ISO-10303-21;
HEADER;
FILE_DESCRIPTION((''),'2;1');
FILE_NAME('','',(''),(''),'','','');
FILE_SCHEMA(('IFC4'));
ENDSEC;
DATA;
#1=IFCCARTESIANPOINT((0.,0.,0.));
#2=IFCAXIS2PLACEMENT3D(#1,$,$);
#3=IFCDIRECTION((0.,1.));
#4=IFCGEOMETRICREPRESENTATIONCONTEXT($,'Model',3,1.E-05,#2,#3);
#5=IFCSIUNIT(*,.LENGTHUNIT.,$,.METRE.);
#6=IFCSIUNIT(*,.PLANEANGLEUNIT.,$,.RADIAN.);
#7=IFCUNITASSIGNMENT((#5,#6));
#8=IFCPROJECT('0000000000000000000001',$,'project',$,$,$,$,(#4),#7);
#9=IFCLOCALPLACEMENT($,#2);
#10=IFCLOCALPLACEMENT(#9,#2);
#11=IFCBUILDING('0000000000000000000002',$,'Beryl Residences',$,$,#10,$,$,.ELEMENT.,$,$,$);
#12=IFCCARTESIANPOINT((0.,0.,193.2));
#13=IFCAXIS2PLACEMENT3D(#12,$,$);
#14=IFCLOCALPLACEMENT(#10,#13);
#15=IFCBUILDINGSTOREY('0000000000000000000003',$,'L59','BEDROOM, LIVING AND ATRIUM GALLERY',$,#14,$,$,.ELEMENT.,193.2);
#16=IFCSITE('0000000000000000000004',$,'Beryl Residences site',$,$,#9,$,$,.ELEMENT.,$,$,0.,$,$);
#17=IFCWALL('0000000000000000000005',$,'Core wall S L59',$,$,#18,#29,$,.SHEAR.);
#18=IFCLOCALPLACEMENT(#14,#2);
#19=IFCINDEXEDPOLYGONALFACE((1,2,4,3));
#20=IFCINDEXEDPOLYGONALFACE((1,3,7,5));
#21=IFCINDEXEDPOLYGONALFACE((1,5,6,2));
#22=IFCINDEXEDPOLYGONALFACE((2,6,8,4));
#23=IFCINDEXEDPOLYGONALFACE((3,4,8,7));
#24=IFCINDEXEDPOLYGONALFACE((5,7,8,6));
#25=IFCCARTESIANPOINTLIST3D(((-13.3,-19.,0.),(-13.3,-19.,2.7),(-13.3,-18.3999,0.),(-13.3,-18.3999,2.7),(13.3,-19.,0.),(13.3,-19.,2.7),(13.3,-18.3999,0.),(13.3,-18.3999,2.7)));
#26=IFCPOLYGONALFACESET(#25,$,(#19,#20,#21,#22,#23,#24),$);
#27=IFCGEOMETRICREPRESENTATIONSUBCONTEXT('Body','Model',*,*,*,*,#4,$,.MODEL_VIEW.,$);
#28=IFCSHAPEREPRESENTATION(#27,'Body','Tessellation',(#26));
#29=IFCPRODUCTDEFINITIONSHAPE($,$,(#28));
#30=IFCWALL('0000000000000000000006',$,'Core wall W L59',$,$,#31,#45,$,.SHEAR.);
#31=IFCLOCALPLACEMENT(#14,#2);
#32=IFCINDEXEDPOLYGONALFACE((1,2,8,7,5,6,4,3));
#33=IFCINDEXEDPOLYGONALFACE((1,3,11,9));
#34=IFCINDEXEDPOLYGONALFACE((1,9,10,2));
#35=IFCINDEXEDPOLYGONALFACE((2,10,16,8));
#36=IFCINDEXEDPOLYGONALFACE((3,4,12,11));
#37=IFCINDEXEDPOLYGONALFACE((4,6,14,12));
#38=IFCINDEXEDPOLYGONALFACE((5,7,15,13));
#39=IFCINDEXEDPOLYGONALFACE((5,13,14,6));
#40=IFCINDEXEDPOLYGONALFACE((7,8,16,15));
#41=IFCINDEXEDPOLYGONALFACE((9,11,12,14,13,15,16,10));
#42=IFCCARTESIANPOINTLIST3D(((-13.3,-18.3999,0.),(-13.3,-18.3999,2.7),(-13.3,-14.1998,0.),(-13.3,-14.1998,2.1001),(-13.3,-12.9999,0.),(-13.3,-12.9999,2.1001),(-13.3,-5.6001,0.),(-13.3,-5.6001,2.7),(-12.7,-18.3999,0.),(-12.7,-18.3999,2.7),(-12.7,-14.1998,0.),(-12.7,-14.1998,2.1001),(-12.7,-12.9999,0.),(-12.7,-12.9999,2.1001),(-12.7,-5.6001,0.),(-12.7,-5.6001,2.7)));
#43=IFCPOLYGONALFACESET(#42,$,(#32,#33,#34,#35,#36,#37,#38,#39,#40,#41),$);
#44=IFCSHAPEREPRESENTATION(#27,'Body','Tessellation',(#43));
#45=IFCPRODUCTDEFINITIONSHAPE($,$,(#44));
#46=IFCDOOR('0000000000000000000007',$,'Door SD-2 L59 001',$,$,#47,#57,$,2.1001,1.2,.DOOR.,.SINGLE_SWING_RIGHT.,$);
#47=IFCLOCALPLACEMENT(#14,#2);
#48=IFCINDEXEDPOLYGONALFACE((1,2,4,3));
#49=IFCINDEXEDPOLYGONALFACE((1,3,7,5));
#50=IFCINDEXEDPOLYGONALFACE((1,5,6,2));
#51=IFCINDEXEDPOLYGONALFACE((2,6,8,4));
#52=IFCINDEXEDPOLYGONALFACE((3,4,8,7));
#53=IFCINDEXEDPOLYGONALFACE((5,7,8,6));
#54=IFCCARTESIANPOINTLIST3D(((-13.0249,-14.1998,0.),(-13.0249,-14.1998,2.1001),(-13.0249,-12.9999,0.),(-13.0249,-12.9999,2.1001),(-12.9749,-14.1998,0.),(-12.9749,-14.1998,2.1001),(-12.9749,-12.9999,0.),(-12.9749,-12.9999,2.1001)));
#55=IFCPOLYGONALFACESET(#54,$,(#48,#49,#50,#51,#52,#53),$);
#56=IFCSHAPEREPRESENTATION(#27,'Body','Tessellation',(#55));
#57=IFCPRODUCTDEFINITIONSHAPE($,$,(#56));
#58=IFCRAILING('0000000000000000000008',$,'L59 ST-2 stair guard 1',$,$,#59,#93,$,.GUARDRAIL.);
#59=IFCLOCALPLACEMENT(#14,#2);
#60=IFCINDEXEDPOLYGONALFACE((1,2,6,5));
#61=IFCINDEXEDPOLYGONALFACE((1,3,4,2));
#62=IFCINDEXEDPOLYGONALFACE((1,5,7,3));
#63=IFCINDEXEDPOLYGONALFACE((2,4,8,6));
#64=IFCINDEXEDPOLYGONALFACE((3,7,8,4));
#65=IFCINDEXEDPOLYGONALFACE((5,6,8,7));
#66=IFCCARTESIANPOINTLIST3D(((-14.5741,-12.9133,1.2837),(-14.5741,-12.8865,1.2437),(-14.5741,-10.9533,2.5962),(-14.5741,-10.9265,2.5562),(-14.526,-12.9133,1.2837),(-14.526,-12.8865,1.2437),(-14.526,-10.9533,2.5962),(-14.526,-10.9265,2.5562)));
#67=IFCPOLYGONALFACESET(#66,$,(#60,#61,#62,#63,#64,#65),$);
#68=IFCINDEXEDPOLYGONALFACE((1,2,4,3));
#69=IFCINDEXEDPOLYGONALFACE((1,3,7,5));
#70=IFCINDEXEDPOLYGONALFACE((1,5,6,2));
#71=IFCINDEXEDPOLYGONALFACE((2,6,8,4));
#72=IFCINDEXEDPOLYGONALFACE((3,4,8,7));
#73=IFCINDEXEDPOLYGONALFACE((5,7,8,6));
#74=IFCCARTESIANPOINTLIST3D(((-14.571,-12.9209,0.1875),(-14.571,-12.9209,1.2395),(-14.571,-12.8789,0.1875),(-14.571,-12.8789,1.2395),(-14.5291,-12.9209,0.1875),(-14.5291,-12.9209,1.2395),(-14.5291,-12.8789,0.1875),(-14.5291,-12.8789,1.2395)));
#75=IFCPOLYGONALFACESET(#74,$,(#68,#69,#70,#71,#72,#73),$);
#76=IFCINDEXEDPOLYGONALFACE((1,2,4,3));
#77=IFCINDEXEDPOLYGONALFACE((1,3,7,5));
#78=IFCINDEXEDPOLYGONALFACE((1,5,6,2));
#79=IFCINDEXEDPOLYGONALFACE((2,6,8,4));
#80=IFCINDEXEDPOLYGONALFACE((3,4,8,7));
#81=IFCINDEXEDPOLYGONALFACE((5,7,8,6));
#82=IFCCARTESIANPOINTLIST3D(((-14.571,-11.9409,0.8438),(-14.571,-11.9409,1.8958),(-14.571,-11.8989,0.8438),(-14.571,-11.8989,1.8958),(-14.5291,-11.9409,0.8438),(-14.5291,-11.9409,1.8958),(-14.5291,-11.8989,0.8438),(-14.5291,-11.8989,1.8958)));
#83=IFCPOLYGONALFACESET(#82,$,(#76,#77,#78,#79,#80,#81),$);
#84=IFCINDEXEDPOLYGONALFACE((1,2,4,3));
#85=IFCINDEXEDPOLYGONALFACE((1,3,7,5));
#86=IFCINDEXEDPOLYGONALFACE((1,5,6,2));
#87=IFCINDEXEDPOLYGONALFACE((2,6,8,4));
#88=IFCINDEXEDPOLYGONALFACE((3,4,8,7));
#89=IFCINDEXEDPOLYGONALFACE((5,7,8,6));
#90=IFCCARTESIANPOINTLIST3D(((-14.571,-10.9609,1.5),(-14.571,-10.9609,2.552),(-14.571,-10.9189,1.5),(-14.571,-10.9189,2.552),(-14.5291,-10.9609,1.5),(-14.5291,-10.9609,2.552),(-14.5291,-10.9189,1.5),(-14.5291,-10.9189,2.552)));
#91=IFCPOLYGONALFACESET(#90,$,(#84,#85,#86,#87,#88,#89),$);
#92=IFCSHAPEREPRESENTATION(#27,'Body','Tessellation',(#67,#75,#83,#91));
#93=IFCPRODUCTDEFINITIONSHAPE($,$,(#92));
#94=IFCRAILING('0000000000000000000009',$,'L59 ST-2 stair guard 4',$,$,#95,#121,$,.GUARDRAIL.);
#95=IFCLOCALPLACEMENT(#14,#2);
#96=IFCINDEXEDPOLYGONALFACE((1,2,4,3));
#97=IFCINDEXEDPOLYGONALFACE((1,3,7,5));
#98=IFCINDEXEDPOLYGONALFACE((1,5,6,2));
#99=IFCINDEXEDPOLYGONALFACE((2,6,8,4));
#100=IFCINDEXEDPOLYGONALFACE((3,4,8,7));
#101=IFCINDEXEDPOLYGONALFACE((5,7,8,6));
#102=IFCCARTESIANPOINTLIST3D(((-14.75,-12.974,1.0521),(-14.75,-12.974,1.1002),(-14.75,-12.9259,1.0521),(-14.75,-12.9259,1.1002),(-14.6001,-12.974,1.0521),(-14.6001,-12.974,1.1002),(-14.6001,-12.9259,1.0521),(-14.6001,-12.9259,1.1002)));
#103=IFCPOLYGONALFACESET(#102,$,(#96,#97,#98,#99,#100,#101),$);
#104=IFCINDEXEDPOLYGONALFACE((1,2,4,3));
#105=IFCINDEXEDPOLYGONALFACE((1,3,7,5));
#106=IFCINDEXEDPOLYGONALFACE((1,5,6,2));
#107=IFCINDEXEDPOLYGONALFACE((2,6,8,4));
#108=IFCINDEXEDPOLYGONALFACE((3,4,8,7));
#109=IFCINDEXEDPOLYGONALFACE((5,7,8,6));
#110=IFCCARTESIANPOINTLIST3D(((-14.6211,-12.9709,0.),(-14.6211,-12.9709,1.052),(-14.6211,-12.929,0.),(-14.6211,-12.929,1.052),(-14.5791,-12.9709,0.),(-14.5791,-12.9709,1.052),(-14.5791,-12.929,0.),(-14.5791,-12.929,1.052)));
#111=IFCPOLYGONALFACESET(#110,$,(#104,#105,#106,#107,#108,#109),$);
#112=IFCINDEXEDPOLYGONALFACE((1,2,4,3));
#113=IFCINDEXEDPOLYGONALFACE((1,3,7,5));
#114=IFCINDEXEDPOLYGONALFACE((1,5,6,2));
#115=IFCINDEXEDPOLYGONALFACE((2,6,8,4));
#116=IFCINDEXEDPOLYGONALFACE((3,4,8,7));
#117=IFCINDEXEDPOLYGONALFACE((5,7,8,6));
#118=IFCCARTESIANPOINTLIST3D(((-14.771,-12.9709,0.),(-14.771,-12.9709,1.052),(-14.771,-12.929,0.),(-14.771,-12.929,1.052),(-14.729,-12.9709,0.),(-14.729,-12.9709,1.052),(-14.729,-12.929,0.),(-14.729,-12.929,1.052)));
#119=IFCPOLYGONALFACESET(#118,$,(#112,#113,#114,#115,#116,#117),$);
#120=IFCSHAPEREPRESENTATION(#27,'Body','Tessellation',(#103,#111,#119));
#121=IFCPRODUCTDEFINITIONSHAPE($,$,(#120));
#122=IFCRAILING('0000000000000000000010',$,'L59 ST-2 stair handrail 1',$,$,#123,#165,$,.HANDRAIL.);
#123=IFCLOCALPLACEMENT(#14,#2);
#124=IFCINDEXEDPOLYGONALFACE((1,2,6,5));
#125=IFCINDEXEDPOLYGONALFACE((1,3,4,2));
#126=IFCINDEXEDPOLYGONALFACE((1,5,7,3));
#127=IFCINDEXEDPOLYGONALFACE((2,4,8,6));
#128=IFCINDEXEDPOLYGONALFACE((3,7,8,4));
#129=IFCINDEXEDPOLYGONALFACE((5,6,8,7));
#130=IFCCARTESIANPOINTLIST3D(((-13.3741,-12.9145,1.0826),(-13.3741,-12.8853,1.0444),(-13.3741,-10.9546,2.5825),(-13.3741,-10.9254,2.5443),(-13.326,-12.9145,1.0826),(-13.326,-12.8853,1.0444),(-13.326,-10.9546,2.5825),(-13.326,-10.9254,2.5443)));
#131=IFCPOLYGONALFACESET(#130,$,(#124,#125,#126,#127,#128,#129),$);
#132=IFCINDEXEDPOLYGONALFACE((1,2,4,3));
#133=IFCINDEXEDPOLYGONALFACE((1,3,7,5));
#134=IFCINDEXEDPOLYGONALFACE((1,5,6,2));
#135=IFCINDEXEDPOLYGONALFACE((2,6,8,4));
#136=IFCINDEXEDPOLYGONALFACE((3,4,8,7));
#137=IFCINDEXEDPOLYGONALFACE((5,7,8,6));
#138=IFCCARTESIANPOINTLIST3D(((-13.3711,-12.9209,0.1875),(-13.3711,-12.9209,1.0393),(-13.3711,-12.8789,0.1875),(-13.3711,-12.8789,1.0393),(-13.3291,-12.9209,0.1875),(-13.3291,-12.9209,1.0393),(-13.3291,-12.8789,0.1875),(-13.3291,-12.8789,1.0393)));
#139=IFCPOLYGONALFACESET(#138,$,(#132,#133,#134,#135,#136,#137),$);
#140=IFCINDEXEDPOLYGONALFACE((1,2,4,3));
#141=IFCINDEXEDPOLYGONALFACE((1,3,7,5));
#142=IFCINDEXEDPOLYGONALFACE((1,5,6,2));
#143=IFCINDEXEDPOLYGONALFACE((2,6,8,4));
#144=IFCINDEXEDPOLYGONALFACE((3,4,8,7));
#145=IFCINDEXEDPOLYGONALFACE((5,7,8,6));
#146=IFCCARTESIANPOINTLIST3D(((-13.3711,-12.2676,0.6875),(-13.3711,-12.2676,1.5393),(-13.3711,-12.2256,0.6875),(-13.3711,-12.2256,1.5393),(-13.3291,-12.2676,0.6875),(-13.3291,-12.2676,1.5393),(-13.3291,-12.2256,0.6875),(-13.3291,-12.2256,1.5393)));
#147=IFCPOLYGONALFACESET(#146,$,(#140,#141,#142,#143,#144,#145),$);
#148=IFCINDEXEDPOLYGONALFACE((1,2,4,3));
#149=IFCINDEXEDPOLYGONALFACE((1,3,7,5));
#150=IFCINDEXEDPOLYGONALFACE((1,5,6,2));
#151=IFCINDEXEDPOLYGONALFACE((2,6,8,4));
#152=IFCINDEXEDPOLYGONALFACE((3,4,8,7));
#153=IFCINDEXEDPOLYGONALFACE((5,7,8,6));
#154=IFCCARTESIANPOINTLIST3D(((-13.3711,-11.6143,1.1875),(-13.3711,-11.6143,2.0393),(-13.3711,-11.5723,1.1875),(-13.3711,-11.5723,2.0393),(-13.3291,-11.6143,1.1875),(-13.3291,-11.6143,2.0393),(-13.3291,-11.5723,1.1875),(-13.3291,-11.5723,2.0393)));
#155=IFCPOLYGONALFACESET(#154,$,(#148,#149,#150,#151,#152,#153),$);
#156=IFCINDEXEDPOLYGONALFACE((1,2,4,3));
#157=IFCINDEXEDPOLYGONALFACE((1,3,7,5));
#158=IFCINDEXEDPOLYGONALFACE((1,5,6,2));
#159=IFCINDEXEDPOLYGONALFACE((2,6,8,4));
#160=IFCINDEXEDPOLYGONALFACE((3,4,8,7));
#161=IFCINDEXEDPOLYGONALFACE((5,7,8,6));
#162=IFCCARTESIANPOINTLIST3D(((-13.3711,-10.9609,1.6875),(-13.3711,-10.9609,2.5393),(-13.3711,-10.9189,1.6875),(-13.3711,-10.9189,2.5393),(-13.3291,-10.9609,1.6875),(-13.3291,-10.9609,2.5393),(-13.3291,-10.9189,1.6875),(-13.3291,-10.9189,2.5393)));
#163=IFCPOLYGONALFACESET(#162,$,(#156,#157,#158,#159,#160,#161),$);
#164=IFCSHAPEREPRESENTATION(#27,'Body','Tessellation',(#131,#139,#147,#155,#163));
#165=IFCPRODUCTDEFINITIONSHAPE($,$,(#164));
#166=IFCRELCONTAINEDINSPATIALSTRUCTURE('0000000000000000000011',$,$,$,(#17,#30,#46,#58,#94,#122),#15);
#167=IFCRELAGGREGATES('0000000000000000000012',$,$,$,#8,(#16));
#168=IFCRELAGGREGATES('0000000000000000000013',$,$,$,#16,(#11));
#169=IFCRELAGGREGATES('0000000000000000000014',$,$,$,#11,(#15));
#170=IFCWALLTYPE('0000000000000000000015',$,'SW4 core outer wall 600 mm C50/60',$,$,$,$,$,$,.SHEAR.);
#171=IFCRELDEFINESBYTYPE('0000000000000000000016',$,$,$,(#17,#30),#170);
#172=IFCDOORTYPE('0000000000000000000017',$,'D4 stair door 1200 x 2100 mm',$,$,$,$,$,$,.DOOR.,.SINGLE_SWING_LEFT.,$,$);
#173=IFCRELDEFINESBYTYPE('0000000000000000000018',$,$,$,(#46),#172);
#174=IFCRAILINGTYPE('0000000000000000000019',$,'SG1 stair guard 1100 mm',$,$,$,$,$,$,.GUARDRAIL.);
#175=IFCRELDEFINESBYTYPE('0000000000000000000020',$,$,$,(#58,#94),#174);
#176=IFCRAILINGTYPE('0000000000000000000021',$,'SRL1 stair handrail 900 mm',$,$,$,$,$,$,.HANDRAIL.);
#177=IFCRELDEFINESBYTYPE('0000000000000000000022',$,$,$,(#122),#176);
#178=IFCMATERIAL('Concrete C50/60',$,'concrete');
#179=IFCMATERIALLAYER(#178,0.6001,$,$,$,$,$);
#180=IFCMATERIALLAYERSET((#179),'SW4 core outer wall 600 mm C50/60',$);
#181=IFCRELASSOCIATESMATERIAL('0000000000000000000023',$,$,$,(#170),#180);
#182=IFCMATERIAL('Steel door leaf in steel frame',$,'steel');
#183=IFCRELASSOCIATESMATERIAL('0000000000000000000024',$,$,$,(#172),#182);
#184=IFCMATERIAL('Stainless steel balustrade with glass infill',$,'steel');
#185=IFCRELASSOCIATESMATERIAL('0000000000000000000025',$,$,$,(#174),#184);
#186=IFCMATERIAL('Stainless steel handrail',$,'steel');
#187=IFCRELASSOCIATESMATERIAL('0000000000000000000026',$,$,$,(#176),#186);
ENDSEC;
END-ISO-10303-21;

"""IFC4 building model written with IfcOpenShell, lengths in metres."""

from ifc_helpers import new_model, si_unit, direction, frame, frame_2d, origin, origin_2d, place, context, subcontext, project, spatial, rectangle, extrude, material, layer, layer_set, type_object, element, fill, save


model = new_model("IFC4")

# Units and contexts
model_context = context("Model", 3, precision=1e-05, world=origin(), true_north=direction((0.0, 1.0)))
body_context = subcontext(model_context, "Body", "Model", "MODEL_VIEW")
ifc_project = project(units=[si_unit("LENGTHUNIT", "METRE"), si_unit("PLANEANGLEUNIT", "RADIAN")], contexts=[model_context])

# Site, building, storey
site_placement = place(None, origin())
site = spatial("IfcSite", under=ifc_project, at=site_placement, Name="Beryl Residences site", CompositionType="ELEMENT", RefElevation=0.0)
building_placement = place(site_placement, origin())
building = spatial("IfcBuilding", under=site, at=building_placement, Name="Beryl Residences", CompositionType="ELEMENT")
storey_placement = place(building_placement, frame((0.0, 0.0, 193.2)))
storey = spatial("IfcBuildingStorey", under=building, at=storey_placement, Name="L59", Description="BEDROOM, LIVING AND ATRIUM GALLERY", CompositionType="ELEMENT", Elevation=193.2)

# Wall
ifc_material_1 = material(Name="Concrete C50/60", Category="concrete")
ifc_layer_1 = layer(ifc_material_1, 0.6001)
ifc_layer_set_1 = layer_set([ifc_layer_1], Name="SW4 core outer wall 600 mm C50/60")
wall_type_1 = type_object("IfcWallType", Name="SW4 core outer wall 600 mm C50/60", PredefinedType="SHEAR", material=ifc_layer_set_1)
wall_1_placement = place(storey_placement, frame((-13.3, -18.7, 0.0), z_axis=(0.0, 0.0, 1.0), x_axis=(1.0, 0.0, 0.0)))
element("IfcWall", 1, at=wall_1_placement, inside=storey, type_object=wall_type_1, Name="Core wall S L59", PredefinedType="SHEAR", context=body_context, shape_type="SweptSolid", body=[
    extrude(rectangle(XDim=26.6001, YDim=0.6001, at=frame_2d((13.3, 0.0))), origin(), (0.0, 0.0, 1.0), 2.7),
])

# Wall, opening, door
wall_2_placement = place(storey_placement, frame((-13.0, -18.3999, 0.0), z_axis=(0.0, 0.0, 1.0), x_axis=(0.0, 1.0, 0.0)))
wall_2 = element("IfcWall", 2, at=wall_2_placement, inside=storey, type_object=wall_type_1, Name="Core wall W L59", PredefinedType="SHEAR", context=body_context, shape_type="SweptSolid", body=[
    extrude(rectangle(XDim=12.7998, YDim=0.6001, at=frame_2d((6.3999, 0.0))), origin(), (0.0, 0.0, 1.0), 2.7),
])
opening_1_placement = place(wall_2_placement, frame((4.2, 0.0, 0.0)))
opening_1 = element("IfcOpeningElement", 3, at=opening_1_placement, cuts=wall_2, PredefinedType="OPENING", context=body_context, shape_type="SweptSolid", body=[
    extrude(rectangle(XDim=1.2, YDim=2.1001, at=frame_2d((0.6001, 1.05))), frame((0.0, 0.3101, 0.0), z_axis=(0.0, -1.0, 0.0), x_axis=(1.0, 0.0, 0.0)), (0.0, 0.0, 1.0), 0.6201),
])
ifc_material_2 = material(Name="Steel door leaf in steel frame", Category="steel")
door_type_1 = type_object("IfcDoorType", Name="D4 stair door 1200 x 2100 mm", OperationType="SINGLE_SWING_LEFT", PredefinedType="DOOR", material=ifc_material_2)
door_1_placement = place(opening_1_placement, origin())
door_1 = element("IfcDoor", 4, at=door_1_placement, inside=storey, type_object=door_type_1, Name="Door SD-2 L59 001", OperationType="SINGLE_SWING_RIGHT", OverallHeight=2.1001, OverallWidth=1.2, PredefinedType="DOOR", context=body_context, shape_type="SweptSolid", body=[
    extrude(rectangle(XDim=1.2, YDim=2.1001, at=frame_2d((0.6001, 1.05))), frame((0.0, 0.0249, 0.0), z_axis=(0.0, -1.0, 0.0), x_axis=(1.0, 0.0, 0.0)), (0.0, 0.0, 1.0), 0.05),
])
fill(opening_1, door_1)

# Railings
ifc_material_3 = material(Name="Stainless steel balustrade with glass infill", Category="steel")
railing_type_1 = type_object("IfcRailingType", Name="SG1 stair guard 1100 mm", PredefinedType="GUARDRAIL", material=ifc_material_3)
railing_1_placement = place(storey_placement, frame((-14.55, -12.8999, 0.1875)))
element("IfcRailing", 5, at=railing_1_placement, inside=storey, type_object=railing_type_1, Name="L59 ST-2 stair guard 1", PredefinedType="GUARDRAIL", context=body_context, shape_type="SweptSolid", body=[
    extrude(rectangle(XDim=0.0481, YDim=0.0481, at=origin_2d()), frame((0.0, 0.0, 1.0762), z_axis=(0.0, 0.830902, 0.556419), x_axis=(-1.0, 0.0, 0.0)), (0.0, 0.0, 1.0), 2.3589),
    extrude(rectangle(XDim=0.042, YDim=0.042, at=origin_2d()), origin(), (0.0, 0.0, 1.0), 1.052),
    extrude(rectangle(XDim=0.042, YDim=0.042, at=origin_2d()), frame((0.0, 0.98, 0.6562)), (0.0, 0.0, 1.0), 1.052),
    extrude(rectangle(XDim=0.042, YDim=0.042, at=origin_2d()), frame((0.0, 1.96, 1.3125)), (0.0, 0.0, 1.0), 1.052),
])
railing_2_placement = place(storey_placement, frame((-14.6001, -12.95, 0.0)))
element("IfcRailing", 6, at=railing_2_placement, inside=storey, type_object=railing_type_1, Name="L59 ST-2 stair guard 4", PredefinedType="GUARDRAIL", context=body_context, shape_type="SweptSolid", body=[
    extrude(rectangle(XDim=0.0481, YDim=0.0481, at=origin_2d()), frame((0.0, 0.0, 1.0762), z_axis=(-1.0, 0.0, 0.0), x_axis=(0.0, -1.0, 0.0)), (0.0, 0.0, 1.0), 0.1499),
    extrude(rectangle(XDim=0.042, YDim=0.042, at=origin_2d()), origin(), (0.0, 0.0, 1.0), 1.052),
    extrude(rectangle(XDim=0.042, YDim=0.042, at=origin_2d()), frame((-0.1499, 0.0, 0.0)), (0.0, 0.0, 1.0), 1.052),
])
ifc_material_4 = material(Name="Stainless steel handrail", Category="steel")
railing_type_2 = type_object("IfcRailingType", Name="SRL1 stair handrail 900 mm", PredefinedType="HANDRAIL", material=ifc_material_4)
railing_3_placement = place(storey_placement, frame((-13.3501, -12.8999, 0.1875)))
element("IfcRailing", 7, at=railing_3_placement, inside=storey, type_object=railing_type_2, Name="L59 ST-2 stair handrail 1", PredefinedType="HANDRAIL", context=body_context, shape_type="SweptSolid", body=[
    extrude(rectangle(XDim=0.0481, YDim=0.0481, at=origin_2d()), frame((0.0, 0.0, 0.876), z_axis=(0.0, 0.794122, 0.607758), x_axis=(-1.0, 0.0, 0.0)), (0.0, 0.0, 1.0), 2.468),
    extrude(rectangle(XDim=0.042, YDim=0.042, at=origin_2d()), origin(), (0.0, 0.0, 1.0), 0.8518),
    extrude(rectangle(XDim=0.042, YDim=0.042, at=origin_2d()), frame((0.0, 0.6533, 0.5)), (0.0, 0.0, 1.0), 0.8518),
    extrude(rectangle(XDim=0.042, YDim=0.042, at=origin_2d()), frame((0.0, 1.3066, 1.0)), (0.0, 0.0, 1.0), 0.8518),
    extrude(rectangle(XDim=0.042, YDim=0.042, at=origin_2d()), frame((0.0, 1.96, 1.5)), (0.0, 0.0, 1.0), 0.8518),
])

save(model, "model.ifc")
